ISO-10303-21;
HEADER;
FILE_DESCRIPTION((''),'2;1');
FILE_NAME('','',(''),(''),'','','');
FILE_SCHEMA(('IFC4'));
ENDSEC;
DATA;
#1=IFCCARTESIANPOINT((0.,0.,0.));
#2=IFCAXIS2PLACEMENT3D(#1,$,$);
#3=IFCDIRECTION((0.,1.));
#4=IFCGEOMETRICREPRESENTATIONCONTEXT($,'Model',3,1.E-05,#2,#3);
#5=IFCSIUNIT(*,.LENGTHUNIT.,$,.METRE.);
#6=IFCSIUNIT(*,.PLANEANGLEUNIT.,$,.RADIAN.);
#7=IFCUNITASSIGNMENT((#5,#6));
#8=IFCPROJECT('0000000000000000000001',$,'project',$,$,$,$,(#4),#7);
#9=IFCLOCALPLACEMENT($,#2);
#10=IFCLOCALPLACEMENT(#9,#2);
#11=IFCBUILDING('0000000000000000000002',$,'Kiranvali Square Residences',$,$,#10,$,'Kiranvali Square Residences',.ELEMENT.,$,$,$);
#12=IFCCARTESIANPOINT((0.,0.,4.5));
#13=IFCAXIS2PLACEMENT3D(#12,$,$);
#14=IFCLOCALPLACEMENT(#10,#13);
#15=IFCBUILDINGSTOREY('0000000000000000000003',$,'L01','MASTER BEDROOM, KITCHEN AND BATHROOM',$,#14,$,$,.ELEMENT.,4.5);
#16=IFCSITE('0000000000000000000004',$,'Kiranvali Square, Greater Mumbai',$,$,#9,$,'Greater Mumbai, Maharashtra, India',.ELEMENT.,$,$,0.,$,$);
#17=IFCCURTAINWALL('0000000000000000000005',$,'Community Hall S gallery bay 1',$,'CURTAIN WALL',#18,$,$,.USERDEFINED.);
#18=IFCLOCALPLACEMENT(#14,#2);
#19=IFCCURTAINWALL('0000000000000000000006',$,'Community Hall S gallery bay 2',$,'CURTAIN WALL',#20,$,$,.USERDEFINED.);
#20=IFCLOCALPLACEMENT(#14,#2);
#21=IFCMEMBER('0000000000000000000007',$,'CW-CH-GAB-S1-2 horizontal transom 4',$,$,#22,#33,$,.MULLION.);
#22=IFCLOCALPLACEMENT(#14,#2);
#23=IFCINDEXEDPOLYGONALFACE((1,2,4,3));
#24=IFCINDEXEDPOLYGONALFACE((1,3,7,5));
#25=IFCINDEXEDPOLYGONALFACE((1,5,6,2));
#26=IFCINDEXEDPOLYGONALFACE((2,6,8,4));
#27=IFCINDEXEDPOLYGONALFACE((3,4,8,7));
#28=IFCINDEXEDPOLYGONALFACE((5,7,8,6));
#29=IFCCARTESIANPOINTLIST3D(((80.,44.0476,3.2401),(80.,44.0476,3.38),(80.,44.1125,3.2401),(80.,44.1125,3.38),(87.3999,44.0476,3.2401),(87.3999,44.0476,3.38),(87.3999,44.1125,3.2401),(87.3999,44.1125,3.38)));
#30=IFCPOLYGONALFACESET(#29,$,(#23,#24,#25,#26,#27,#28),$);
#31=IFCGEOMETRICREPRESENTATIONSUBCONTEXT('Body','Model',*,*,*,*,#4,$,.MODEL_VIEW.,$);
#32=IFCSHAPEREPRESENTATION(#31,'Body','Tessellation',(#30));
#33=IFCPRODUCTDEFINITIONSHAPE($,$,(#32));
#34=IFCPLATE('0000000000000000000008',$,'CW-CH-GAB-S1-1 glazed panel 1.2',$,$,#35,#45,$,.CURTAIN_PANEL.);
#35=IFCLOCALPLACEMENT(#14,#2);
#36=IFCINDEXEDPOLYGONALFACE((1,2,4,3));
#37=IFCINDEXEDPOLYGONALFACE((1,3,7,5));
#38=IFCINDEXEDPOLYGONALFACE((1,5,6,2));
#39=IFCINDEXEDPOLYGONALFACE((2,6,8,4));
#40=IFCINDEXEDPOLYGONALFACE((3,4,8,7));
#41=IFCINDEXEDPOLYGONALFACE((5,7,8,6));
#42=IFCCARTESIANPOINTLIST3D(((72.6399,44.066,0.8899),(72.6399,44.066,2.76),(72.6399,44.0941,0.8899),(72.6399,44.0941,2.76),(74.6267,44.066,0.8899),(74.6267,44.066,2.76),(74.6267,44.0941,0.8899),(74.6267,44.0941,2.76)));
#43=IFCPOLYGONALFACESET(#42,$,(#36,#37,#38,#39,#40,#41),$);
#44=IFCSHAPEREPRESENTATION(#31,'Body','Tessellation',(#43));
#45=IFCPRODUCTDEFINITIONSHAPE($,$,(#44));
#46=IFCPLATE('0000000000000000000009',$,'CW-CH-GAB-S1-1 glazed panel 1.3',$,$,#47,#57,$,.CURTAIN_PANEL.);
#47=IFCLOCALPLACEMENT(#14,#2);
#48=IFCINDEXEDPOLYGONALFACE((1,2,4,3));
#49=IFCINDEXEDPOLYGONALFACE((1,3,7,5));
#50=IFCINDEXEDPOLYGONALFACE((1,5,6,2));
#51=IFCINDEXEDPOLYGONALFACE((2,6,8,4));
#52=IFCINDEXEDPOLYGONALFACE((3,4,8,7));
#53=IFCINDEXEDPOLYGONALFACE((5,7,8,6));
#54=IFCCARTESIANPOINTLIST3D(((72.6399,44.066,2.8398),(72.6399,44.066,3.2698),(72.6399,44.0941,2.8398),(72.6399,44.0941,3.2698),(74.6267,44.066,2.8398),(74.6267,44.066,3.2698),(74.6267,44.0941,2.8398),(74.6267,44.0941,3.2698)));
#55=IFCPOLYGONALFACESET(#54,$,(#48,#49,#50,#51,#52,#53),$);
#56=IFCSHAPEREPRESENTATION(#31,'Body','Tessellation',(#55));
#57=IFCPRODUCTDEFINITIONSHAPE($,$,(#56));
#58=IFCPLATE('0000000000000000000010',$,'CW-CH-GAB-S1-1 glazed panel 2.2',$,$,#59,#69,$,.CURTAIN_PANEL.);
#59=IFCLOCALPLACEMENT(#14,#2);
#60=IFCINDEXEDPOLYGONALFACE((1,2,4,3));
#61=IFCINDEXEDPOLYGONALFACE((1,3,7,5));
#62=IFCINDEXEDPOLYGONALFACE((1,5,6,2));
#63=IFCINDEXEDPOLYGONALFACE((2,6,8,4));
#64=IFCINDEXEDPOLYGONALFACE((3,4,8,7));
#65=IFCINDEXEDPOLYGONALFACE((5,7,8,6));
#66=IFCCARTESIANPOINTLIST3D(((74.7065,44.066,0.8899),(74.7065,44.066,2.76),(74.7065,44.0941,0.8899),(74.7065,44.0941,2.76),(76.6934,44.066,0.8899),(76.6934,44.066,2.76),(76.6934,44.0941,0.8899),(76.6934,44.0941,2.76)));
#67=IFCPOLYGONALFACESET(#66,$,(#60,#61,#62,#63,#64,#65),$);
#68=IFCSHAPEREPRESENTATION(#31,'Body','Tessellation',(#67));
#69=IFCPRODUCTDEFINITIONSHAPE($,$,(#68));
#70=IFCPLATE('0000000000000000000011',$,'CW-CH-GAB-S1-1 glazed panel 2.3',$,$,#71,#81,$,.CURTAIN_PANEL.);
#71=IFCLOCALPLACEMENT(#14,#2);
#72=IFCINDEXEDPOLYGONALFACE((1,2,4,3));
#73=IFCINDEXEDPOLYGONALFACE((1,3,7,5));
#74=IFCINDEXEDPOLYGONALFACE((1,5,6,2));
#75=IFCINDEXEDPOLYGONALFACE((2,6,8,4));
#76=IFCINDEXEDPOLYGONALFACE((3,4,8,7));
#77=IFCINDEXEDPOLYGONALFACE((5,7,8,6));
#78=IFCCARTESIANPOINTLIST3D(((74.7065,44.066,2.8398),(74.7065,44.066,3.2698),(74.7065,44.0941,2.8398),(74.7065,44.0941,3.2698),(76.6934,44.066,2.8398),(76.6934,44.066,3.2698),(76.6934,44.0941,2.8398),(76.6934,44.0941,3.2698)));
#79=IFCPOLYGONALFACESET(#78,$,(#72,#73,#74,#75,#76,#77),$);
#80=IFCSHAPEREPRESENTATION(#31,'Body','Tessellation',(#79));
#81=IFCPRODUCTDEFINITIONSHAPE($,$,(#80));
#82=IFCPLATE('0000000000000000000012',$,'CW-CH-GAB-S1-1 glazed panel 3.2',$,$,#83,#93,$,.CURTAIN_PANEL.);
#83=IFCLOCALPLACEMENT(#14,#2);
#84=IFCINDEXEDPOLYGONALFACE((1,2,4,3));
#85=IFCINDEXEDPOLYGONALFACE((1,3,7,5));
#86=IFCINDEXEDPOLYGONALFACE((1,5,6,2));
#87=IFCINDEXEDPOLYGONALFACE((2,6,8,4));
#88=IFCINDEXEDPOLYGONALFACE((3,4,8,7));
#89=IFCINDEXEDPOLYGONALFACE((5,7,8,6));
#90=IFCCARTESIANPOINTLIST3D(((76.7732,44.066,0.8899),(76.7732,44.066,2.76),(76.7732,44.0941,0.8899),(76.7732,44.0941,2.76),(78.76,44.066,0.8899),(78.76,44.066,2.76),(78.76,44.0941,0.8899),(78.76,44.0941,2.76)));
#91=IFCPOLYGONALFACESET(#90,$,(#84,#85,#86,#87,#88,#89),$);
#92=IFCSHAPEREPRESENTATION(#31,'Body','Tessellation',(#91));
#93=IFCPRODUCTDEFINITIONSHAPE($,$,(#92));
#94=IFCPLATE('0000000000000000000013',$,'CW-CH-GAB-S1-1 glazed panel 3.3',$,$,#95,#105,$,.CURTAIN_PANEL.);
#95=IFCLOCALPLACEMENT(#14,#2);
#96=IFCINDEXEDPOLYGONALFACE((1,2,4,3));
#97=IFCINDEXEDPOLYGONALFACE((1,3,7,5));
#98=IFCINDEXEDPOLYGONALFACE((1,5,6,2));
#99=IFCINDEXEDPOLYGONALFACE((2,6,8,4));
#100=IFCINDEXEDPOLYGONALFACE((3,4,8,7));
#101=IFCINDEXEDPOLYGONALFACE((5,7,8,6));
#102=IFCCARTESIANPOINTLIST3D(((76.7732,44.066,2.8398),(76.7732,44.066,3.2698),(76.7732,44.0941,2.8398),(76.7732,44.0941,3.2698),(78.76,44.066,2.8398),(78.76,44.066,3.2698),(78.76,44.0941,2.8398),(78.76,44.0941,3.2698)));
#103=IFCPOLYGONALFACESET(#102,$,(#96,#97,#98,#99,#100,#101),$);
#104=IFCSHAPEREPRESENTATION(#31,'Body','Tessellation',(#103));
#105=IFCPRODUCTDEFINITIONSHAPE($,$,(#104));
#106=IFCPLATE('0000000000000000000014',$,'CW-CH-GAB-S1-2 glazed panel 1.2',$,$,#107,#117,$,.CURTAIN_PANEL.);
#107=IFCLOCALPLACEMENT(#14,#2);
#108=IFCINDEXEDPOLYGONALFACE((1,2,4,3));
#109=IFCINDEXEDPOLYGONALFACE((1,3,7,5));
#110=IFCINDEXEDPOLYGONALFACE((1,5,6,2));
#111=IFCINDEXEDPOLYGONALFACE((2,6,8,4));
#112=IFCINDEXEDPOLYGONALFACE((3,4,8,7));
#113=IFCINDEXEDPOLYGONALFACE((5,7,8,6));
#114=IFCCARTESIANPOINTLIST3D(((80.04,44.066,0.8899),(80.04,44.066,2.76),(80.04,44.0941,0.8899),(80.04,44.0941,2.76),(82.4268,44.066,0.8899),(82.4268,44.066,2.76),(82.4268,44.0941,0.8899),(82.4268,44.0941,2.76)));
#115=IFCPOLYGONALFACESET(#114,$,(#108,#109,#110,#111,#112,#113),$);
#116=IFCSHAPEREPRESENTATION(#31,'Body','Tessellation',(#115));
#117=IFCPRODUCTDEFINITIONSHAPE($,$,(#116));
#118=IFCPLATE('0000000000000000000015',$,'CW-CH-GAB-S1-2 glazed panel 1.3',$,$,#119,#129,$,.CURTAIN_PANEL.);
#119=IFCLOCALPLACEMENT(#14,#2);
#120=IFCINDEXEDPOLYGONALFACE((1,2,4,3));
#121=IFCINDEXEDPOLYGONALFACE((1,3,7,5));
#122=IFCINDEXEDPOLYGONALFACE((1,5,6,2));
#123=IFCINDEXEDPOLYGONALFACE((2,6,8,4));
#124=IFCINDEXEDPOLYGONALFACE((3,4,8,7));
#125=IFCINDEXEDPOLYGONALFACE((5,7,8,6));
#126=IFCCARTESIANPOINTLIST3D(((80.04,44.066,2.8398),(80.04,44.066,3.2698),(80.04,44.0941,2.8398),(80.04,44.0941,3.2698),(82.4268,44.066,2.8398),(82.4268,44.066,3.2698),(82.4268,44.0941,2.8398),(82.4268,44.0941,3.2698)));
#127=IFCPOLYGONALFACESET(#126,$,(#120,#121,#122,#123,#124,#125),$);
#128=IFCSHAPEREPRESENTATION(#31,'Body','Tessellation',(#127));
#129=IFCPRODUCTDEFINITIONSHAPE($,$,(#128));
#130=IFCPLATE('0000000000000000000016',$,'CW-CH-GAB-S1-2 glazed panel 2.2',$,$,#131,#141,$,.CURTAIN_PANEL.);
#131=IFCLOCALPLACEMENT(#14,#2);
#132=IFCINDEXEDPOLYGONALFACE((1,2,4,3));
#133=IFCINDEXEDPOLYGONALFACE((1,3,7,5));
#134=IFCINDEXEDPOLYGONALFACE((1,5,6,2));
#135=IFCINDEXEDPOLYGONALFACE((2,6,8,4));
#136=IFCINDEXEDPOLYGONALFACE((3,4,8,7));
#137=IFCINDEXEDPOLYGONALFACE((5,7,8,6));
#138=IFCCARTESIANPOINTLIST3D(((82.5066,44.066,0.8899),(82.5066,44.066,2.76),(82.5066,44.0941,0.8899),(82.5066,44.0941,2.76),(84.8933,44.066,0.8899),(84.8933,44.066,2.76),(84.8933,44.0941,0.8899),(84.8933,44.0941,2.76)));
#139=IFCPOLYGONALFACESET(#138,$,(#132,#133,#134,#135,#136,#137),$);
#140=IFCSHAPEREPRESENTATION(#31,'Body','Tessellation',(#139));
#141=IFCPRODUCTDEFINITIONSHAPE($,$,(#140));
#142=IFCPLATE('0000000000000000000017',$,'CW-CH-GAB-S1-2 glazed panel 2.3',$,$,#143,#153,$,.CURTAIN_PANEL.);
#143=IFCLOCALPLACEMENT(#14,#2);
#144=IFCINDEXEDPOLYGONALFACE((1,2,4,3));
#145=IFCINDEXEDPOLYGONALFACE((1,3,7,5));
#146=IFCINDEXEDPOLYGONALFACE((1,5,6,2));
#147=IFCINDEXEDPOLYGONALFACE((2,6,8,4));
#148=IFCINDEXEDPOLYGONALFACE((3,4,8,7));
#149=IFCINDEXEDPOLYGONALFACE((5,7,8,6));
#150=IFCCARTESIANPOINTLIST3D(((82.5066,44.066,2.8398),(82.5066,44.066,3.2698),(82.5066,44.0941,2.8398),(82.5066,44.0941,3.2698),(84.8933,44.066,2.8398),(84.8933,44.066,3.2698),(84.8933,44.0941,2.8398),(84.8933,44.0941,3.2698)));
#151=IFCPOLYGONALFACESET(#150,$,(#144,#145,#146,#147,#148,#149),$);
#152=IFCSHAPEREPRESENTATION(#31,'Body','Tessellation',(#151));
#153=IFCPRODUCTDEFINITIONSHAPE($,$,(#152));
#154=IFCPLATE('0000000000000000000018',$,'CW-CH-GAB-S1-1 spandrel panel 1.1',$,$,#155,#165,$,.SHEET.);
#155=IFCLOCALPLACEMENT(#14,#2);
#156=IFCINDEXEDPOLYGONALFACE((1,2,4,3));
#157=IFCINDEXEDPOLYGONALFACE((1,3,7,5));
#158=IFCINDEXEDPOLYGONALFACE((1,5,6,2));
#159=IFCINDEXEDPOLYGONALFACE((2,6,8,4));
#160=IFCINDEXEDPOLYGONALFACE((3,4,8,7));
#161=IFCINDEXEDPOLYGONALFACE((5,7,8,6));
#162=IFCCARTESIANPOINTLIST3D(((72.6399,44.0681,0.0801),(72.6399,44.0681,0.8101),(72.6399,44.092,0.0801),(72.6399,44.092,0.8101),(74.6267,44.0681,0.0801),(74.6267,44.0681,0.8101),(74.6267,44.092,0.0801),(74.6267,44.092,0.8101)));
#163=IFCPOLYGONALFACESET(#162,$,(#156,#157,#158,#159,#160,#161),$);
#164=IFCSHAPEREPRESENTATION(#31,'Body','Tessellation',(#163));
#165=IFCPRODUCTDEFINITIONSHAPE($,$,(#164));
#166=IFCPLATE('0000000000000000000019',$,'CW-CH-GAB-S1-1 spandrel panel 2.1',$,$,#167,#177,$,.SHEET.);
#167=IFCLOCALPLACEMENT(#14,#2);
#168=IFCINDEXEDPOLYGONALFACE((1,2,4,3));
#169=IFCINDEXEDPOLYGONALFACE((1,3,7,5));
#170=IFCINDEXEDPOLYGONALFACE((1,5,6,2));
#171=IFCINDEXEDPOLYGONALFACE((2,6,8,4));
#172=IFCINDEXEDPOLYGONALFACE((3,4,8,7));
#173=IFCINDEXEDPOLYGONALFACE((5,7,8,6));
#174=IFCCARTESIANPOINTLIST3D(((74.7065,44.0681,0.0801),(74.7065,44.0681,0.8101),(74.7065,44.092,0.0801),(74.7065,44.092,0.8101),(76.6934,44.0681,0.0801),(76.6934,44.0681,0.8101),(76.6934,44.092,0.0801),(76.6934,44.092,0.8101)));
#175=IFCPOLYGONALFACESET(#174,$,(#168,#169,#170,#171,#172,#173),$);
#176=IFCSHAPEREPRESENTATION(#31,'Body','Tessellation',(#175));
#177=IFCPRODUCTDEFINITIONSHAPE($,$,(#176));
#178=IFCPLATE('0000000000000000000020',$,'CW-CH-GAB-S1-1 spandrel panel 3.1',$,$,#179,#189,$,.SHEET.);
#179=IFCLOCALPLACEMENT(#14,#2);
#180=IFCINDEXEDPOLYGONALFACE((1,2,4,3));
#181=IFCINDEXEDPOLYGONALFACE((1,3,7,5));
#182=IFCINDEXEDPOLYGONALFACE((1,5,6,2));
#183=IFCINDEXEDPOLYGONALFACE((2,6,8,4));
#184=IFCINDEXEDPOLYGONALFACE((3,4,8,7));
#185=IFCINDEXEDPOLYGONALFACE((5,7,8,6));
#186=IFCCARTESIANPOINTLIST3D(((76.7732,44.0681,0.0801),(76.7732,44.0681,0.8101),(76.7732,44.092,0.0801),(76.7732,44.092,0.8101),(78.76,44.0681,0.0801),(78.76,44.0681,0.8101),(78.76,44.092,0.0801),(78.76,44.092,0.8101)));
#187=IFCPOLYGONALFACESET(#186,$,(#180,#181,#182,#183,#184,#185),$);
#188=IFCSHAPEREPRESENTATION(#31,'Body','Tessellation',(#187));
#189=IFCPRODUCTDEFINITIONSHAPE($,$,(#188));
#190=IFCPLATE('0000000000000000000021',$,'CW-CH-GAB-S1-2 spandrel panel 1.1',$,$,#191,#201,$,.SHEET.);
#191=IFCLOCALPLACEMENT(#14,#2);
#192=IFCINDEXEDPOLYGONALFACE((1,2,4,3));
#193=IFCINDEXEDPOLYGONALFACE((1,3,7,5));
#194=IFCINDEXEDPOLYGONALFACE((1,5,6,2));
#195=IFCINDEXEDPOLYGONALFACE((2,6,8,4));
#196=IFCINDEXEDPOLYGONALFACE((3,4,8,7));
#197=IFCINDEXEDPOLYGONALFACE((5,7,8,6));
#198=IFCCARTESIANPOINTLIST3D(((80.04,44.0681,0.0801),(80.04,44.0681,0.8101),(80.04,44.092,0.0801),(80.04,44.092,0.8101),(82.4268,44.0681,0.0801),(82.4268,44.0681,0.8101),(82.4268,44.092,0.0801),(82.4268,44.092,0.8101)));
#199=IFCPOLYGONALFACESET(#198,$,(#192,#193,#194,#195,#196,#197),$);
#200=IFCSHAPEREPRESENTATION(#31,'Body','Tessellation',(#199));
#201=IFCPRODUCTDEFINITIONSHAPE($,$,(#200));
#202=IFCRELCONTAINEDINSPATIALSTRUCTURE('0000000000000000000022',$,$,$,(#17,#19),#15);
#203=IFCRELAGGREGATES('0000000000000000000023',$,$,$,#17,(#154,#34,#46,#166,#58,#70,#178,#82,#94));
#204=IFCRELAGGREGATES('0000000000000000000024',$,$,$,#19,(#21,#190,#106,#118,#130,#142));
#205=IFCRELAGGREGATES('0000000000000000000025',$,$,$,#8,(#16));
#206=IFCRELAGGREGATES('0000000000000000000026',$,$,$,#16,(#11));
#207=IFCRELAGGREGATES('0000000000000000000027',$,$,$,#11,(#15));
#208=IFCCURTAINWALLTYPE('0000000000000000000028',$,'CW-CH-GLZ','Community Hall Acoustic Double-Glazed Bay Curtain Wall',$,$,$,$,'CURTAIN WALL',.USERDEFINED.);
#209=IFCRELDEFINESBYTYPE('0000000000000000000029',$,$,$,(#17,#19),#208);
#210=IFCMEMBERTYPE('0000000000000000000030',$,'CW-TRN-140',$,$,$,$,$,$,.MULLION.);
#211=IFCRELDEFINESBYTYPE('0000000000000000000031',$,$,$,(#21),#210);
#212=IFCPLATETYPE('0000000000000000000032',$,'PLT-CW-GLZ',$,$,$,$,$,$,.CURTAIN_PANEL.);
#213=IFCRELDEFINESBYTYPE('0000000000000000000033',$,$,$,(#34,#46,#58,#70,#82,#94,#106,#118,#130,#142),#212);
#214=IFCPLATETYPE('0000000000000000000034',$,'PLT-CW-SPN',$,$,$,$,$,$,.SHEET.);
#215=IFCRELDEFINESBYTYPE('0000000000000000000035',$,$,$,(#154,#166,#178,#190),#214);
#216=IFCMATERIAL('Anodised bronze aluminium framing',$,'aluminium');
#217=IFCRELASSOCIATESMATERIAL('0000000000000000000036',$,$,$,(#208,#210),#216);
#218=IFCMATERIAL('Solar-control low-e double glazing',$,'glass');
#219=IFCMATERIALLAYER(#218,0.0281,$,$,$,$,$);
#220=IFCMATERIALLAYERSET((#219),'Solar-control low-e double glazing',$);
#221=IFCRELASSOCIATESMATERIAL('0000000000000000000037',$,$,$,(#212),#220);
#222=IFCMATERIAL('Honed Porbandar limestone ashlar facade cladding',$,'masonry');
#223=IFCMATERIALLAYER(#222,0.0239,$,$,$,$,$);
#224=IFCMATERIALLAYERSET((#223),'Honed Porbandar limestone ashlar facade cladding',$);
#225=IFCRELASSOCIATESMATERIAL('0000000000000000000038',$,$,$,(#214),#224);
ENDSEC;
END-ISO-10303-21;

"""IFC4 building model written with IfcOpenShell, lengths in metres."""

from ifc_helpers import new_model, si_unit, direction, frame, origin, origin_2d, place, context, subcontext, project, spatial, rectangle, extrude, material, layer, layer_set, material_profile, profile_set, type_object, element, aggregate, save


model = new_model("IFC4")

# Units and contexts
model_context = context("Model", 3, precision=1e-05, world=origin(), true_north=direction((0.0, 1.0)))
body_context = subcontext(model_context, "Body", "Model", "MODEL_VIEW")
ifc_project = project(units=[si_unit("LENGTHUNIT", "METRE"), si_unit("PLANEANGLEUNIT", "RADIAN")], contexts=[model_context])

# Site, building, storey
site_placement = place(None, origin())
site = spatial("IfcSite", under=ifc_project, at=site_placement, Name="Kiranvali Square, Greater Mumbai", LongName="Greater Mumbai, Maharashtra, India", CompositionType="ELEMENT", RefElevation=0.0)
building_placement = place(site_placement, origin())
building = spatial("IfcBuilding", under=site, at=building_placement, Name="Kiranvali Square Residences", LongName="Kiranvali Square Residences", CompositionType="ELEMENT")
storey_placement = place(building_placement, frame((0.0, 0.0, 4.5)))
storey = spatial("IfcBuildingStorey", under=building, at=storey_placement, Name="L01", Description="MASTER BEDROOM, KITCHEN AND BATHROOM", CompositionType="ELEMENT", Elevation=4.5)

# Shared definitions
ifc_material_1 = material(Name="Anodised bronze aluminium framing", Category="aluminium")
curtain_wall_type = type_object("IfcCurtainWallType", Name="CW-CH-GLZ", Description="Community Hall Acoustic Double-Glazed Bay Curtain Wall", ElementType="CURTAIN WALL", PredefinedType="USERDEFINED", material=ifc_material_1)

# Curtain walls
curtain_wall_1_placement = place(storey_placement, origin())
curtain_wall_1 = element("IfcCurtainWall", 1, at=curtain_wall_1_placement, inside=storey, type_object=curtain_wall_type, Name="Community Hall S gallery bay 1", ObjectType="CURTAIN WALL", PredefinedType="USERDEFINED")
curtain_wall_2_placement = place(storey_placement, origin())
curtain_wall_2 = element("IfcCurtainWall", 2, at=curtain_wall_2_placement, inside=storey, type_object=curtain_wall_type, Name="Community Hall S gallery bay 2", ObjectType="CURTAIN WALL", PredefinedType="USERDEFINED")

# Member
ifc_material_profile_1 = material_profile(ifc_material_1, rectangle(XDim=0.0649, YDim=0.1399, at=origin_2d()), Name="ALU 65x140")
ifc_profile_set_1 = profile_set([ifc_material_profile_1], Name="Anodised bronze aluminium framing")
member_type_1 = type_object("IfcMemberType", Name="CW-TRN-140", PredefinedType="MULLION", material=ifc_profile_set_1)
member_1_placement = place(storey_placement, frame((80.0, 44.0801, 3.3101), z_axis=(1.0, 0.0, 0.0), x_axis=(0.0, 1.0, 0.0)))
member_1 = element("IfcMember", 3, at=member_1_placement, type_object=member_type_1, Name="CW-CH-GAB-S1-2 horizontal transom 4", PredefinedType="MULLION", context=body_context, shape_type="SweptSolid", body=[
    extrude(rectangle(XDim=0.0649, YDim=0.1399, at=origin_2d()), origin(), (0.0, 0.0, 1.0), 7.3999),
])

# Plates
ifc_material_2 = material(Name="Solar-control low-e double glazing", Category="glass")
ifc_layer_1 = layer(ifc_material_2, 0.0281)
ifc_layer_set_1 = layer_set([ifc_layer_1], Name="Solar-control low-e double glazing")
plate_type_1 = type_object("IfcPlateType", Name="PLT-CW-GLZ", PredefinedType="CURTAIN_PANEL", material=ifc_layer_set_1)
plate_1_placement = place(storey_placement, frame((73.6333, 44.0801, 0.8899), z_axis=(0.0, 0.0, 1.0), x_axis=(1.0, 0.0, 0.0)))
plate_1 = element("IfcPlate", 4, at=plate_1_placement, type_object=plate_type_1, Name="CW-CH-GAB-S1-1 glazed panel 1.2", PredefinedType="CURTAIN_PANEL", context=body_context, shape_type="SweptSolid", body=[
    extrude(rectangle(XDim=1.9868, YDim=0.0281, at=origin_2d()), origin(), (0.0, 0.0, 1.0), 1.8701),
])
plate_2_placement = place(storey_placement, frame((73.6333, 44.0801, 2.8398), z_axis=(0.0, 0.0, 1.0), x_axis=(1.0, 0.0, 0.0)))
plate_2 = element("IfcPlate", 5, at=plate_2_placement, type_object=plate_type_1, Name="CW-CH-GAB-S1-1 glazed panel 1.3", PredefinedType="CURTAIN_PANEL", context=body_context, shape_type="SweptSolid", body=[
    extrude(rectangle(XDim=1.9868, YDim=0.0281, at=origin_2d()), origin(), (0.0, 0.0, 1.0), 0.4299),
])
plate_3_placement = place(storey_placement, frame((75.7, 44.0801, 0.8899), z_axis=(0.0, 0.0, 1.0), x_axis=(1.0, 0.0, 0.0)))
plate_3 = element("IfcPlate", 6, at=plate_3_placement, type_object=plate_type_1, Name="CW-CH-GAB-S1-1 glazed panel 2.2", PredefinedType="CURTAIN_PANEL", context=body_context, shape_type="SweptSolid", body=[
    extrude(rectangle(XDim=1.9868, YDim=0.0281, at=origin_2d()), origin(), (0.0, 0.0, 1.0), 1.8701),
])
plate_4_placement = place(storey_placement, frame((75.7, 44.0801, 2.8398), z_axis=(0.0, 0.0, 1.0), x_axis=(1.0, 0.0, 0.0)))
plate_4 = element("IfcPlate", 7, at=plate_4_placement, type_object=plate_type_1, Name="CW-CH-GAB-S1-1 glazed panel 2.3", PredefinedType="CURTAIN_PANEL", context=body_context, shape_type="SweptSolid", body=[
    extrude(rectangle(XDim=1.9868, YDim=0.0281, at=origin_2d()), origin(), (0.0, 0.0, 1.0), 0.4299),
])
plate_5_placement = place(storey_placement, frame((77.7666, 44.0801, 0.8899), z_axis=(0.0, 0.0, 1.0), x_axis=(1.0, 0.0, 0.0)))
plate_5 = element("IfcPlate", 8, at=plate_5_placement, type_object=plate_type_1, Name="CW-CH-GAB-S1-1 glazed panel 3.2", PredefinedType="CURTAIN_PANEL", context=body_context, shape_type="SweptSolid", body=[
    extrude(rectangle(XDim=1.9868, YDim=0.0281, at=origin_2d()), origin(), (0.0, 0.0, 1.0), 1.8701),
])
plate_6_placement = place(storey_placement, frame((77.7666, 44.0801, 2.8398), z_axis=(0.0, 0.0, 1.0), x_axis=(1.0, 0.0, 0.0)))
plate_6 = element("IfcPlate", 9, at=plate_6_placement, type_object=plate_type_1, Name="CW-CH-GAB-S1-1 glazed panel 3.3", PredefinedType="CURTAIN_PANEL", context=body_context, shape_type="SweptSolid", body=[
    extrude(rectangle(XDim=1.9868, YDim=0.0281, at=origin_2d()), origin(), (0.0, 0.0, 1.0), 0.4299),
])
plate_7_placement = place(storey_placement, frame((81.2334, 44.0801, 0.8899), z_axis=(0.0, 0.0, 1.0), x_axis=(1.0, 0.0, 0.0)))
plate_7 = element("IfcPlate", 10, at=plate_7_placement, type_object=plate_type_1, Name="CW-CH-GAB-S1-2 glazed panel 1.2", PredefinedType="CURTAIN_PANEL", context=body_context, shape_type="SweptSolid", body=[
    extrude(rectangle(XDim=2.3867, YDim=0.0281, at=origin_2d()), origin(), (0.0, 0.0, 1.0), 1.8701),
])
plate_8_placement = place(storey_placement, frame((81.2334, 44.0801, 2.8398), z_axis=(0.0, 0.0, 1.0), x_axis=(1.0, 0.0, 0.0)))
plate_8 = element("IfcPlate", 11, at=plate_8_placement, type_object=plate_type_1, Name="CW-CH-GAB-S1-2 glazed panel 1.3", PredefinedType="CURTAIN_PANEL", context=body_context, shape_type="SweptSolid", body=[
    extrude(rectangle(XDim=2.3867, YDim=0.0281, at=origin_2d()), origin(), (0.0, 0.0, 1.0), 0.4299),
])
plate_9_placement = place(storey_placement, frame((83.7, 44.0801, 0.8899), z_axis=(0.0, 0.0, 1.0), x_axis=(1.0, 0.0, 0.0)))
plate_9 = element("IfcPlate", 12, at=plate_9_placement, type_object=plate_type_1, Name="CW-CH-GAB-S1-2 glazed panel 2.2", PredefinedType="CURTAIN_PANEL", context=body_context, shape_type="SweptSolid", body=[
    extrude(rectangle(XDim=2.3867, YDim=0.0281, at=origin_2d()), origin(), (0.0, 0.0, 1.0), 1.8701),
])
plate_10_placement = place(storey_placement, frame((83.7, 44.0801, 2.8398), z_axis=(0.0, 0.0, 1.0), x_axis=(1.0, 0.0, 0.0)))
plate_10 = element("IfcPlate", 13, at=plate_10_placement, type_object=plate_type_1, Name="CW-CH-GAB-S1-2 glazed panel 2.3", PredefinedType="CURTAIN_PANEL", context=body_context, shape_type="SweptSolid", body=[
    extrude(rectangle(XDim=2.3867, YDim=0.0281, at=origin_2d()), origin(), (0.0, 0.0, 1.0), 0.4299),
])
ifc_material_3 = material(Name="Honed Porbandar limestone ashlar facade cladding", Category="masonry")
ifc_layer_2 = layer(ifc_material_3, 0.0239)
ifc_layer_set_2 = layer_set([ifc_layer_2], Name="Honed Porbandar limestone ashlar facade cladding")
plate_type_2 = type_object("IfcPlateType", Name="PLT-CW-SPN", PredefinedType="SHEET", material=ifc_layer_set_2)
plate_11_placement = place(storey_placement, frame((73.6333, 44.0801, 0.0801), z_axis=(0.0, 0.0, 1.0), x_axis=(1.0, 0.0, 0.0)))
plate_11 = element("IfcPlate", 14, at=plate_11_placement, type_object=plate_type_2, Name="CW-CH-GAB-S1-1 spandrel panel 1.1", PredefinedType="SHEET", context=body_context, shape_type="SweptSolid", body=[
    extrude(rectangle(XDim=1.9868, YDim=0.0239, at=origin_2d()), origin(), (0.0, 0.0, 1.0), 0.73),
])
plate_12_placement = place(storey_placement, frame((75.7, 44.0801, 0.0801), z_axis=(0.0, 0.0, 1.0), x_axis=(1.0, 0.0, 0.0)))
plate_12 = element("IfcPlate", 15, at=plate_12_placement, type_object=plate_type_2, Name="CW-CH-GAB-S1-1 spandrel panel 2.1", PredefinedType="SHEET", context=body_context, shape_type="SweptSolid", body=[
    extrude(rectangle(XDim=1.9868, YDim=0.0239, at=origin_2d()), origin(), (0.0, 0.0, 1.0), 0.73),
])
plate_13_placement = place(storey_placement, frame((77.7666, 44.0801, 0.0801), z_axis=(0.0, 0.0, 1.0), x_axis=(1.0, 0.0, 0.0)))
plate_13 = element("IfcPlate", 16, at=plate_13_placement, type_object=plate_type_2, Name="CW-CH-GAB-S1-1 spandrel panel 3.1", PredefinedType="SHEET", context=body_context, shape_type="SweptSolid", body=[
    extrude(rectangle(XDim=1.9868, YDim=0.0239, at=origin_2d()), origin(), (0.0, 0.0, 1.0), 0.73),
])
aggregate(curtain_wall_1, [plate_11, plate_1, plate_2, plate_12, plate_3, plate_4, plate_13, plate_5, plate_6])
plate_14_placement = place(storey_placement, frame((81.2334, 44.0801, 0.0801), z_axis=(0.0, 0.0, 1.0), x_axis=(1.0, 0.0, 0.0)))
plate_14 = element("IfcPlate", 17, at=plate_14_placement, type_object=plate_type_2, Name="CW-CH-GAB-S1-2 spandrel panel 1.1", PredefinedType="SHEET", context=body_context, shape_type="SweptSolid", body=[
    extrude(rectangle(XDim=2.3867, YDim=0.0239, at=origin_2d()), origin(), (0.0, 0.0, 1.0), 0.73),
])
aggregate(curtain_wall_2, [member_1, plate_14, plate_7, plate_8, plate_9, plate_10])

save(model, "model.ifc")
